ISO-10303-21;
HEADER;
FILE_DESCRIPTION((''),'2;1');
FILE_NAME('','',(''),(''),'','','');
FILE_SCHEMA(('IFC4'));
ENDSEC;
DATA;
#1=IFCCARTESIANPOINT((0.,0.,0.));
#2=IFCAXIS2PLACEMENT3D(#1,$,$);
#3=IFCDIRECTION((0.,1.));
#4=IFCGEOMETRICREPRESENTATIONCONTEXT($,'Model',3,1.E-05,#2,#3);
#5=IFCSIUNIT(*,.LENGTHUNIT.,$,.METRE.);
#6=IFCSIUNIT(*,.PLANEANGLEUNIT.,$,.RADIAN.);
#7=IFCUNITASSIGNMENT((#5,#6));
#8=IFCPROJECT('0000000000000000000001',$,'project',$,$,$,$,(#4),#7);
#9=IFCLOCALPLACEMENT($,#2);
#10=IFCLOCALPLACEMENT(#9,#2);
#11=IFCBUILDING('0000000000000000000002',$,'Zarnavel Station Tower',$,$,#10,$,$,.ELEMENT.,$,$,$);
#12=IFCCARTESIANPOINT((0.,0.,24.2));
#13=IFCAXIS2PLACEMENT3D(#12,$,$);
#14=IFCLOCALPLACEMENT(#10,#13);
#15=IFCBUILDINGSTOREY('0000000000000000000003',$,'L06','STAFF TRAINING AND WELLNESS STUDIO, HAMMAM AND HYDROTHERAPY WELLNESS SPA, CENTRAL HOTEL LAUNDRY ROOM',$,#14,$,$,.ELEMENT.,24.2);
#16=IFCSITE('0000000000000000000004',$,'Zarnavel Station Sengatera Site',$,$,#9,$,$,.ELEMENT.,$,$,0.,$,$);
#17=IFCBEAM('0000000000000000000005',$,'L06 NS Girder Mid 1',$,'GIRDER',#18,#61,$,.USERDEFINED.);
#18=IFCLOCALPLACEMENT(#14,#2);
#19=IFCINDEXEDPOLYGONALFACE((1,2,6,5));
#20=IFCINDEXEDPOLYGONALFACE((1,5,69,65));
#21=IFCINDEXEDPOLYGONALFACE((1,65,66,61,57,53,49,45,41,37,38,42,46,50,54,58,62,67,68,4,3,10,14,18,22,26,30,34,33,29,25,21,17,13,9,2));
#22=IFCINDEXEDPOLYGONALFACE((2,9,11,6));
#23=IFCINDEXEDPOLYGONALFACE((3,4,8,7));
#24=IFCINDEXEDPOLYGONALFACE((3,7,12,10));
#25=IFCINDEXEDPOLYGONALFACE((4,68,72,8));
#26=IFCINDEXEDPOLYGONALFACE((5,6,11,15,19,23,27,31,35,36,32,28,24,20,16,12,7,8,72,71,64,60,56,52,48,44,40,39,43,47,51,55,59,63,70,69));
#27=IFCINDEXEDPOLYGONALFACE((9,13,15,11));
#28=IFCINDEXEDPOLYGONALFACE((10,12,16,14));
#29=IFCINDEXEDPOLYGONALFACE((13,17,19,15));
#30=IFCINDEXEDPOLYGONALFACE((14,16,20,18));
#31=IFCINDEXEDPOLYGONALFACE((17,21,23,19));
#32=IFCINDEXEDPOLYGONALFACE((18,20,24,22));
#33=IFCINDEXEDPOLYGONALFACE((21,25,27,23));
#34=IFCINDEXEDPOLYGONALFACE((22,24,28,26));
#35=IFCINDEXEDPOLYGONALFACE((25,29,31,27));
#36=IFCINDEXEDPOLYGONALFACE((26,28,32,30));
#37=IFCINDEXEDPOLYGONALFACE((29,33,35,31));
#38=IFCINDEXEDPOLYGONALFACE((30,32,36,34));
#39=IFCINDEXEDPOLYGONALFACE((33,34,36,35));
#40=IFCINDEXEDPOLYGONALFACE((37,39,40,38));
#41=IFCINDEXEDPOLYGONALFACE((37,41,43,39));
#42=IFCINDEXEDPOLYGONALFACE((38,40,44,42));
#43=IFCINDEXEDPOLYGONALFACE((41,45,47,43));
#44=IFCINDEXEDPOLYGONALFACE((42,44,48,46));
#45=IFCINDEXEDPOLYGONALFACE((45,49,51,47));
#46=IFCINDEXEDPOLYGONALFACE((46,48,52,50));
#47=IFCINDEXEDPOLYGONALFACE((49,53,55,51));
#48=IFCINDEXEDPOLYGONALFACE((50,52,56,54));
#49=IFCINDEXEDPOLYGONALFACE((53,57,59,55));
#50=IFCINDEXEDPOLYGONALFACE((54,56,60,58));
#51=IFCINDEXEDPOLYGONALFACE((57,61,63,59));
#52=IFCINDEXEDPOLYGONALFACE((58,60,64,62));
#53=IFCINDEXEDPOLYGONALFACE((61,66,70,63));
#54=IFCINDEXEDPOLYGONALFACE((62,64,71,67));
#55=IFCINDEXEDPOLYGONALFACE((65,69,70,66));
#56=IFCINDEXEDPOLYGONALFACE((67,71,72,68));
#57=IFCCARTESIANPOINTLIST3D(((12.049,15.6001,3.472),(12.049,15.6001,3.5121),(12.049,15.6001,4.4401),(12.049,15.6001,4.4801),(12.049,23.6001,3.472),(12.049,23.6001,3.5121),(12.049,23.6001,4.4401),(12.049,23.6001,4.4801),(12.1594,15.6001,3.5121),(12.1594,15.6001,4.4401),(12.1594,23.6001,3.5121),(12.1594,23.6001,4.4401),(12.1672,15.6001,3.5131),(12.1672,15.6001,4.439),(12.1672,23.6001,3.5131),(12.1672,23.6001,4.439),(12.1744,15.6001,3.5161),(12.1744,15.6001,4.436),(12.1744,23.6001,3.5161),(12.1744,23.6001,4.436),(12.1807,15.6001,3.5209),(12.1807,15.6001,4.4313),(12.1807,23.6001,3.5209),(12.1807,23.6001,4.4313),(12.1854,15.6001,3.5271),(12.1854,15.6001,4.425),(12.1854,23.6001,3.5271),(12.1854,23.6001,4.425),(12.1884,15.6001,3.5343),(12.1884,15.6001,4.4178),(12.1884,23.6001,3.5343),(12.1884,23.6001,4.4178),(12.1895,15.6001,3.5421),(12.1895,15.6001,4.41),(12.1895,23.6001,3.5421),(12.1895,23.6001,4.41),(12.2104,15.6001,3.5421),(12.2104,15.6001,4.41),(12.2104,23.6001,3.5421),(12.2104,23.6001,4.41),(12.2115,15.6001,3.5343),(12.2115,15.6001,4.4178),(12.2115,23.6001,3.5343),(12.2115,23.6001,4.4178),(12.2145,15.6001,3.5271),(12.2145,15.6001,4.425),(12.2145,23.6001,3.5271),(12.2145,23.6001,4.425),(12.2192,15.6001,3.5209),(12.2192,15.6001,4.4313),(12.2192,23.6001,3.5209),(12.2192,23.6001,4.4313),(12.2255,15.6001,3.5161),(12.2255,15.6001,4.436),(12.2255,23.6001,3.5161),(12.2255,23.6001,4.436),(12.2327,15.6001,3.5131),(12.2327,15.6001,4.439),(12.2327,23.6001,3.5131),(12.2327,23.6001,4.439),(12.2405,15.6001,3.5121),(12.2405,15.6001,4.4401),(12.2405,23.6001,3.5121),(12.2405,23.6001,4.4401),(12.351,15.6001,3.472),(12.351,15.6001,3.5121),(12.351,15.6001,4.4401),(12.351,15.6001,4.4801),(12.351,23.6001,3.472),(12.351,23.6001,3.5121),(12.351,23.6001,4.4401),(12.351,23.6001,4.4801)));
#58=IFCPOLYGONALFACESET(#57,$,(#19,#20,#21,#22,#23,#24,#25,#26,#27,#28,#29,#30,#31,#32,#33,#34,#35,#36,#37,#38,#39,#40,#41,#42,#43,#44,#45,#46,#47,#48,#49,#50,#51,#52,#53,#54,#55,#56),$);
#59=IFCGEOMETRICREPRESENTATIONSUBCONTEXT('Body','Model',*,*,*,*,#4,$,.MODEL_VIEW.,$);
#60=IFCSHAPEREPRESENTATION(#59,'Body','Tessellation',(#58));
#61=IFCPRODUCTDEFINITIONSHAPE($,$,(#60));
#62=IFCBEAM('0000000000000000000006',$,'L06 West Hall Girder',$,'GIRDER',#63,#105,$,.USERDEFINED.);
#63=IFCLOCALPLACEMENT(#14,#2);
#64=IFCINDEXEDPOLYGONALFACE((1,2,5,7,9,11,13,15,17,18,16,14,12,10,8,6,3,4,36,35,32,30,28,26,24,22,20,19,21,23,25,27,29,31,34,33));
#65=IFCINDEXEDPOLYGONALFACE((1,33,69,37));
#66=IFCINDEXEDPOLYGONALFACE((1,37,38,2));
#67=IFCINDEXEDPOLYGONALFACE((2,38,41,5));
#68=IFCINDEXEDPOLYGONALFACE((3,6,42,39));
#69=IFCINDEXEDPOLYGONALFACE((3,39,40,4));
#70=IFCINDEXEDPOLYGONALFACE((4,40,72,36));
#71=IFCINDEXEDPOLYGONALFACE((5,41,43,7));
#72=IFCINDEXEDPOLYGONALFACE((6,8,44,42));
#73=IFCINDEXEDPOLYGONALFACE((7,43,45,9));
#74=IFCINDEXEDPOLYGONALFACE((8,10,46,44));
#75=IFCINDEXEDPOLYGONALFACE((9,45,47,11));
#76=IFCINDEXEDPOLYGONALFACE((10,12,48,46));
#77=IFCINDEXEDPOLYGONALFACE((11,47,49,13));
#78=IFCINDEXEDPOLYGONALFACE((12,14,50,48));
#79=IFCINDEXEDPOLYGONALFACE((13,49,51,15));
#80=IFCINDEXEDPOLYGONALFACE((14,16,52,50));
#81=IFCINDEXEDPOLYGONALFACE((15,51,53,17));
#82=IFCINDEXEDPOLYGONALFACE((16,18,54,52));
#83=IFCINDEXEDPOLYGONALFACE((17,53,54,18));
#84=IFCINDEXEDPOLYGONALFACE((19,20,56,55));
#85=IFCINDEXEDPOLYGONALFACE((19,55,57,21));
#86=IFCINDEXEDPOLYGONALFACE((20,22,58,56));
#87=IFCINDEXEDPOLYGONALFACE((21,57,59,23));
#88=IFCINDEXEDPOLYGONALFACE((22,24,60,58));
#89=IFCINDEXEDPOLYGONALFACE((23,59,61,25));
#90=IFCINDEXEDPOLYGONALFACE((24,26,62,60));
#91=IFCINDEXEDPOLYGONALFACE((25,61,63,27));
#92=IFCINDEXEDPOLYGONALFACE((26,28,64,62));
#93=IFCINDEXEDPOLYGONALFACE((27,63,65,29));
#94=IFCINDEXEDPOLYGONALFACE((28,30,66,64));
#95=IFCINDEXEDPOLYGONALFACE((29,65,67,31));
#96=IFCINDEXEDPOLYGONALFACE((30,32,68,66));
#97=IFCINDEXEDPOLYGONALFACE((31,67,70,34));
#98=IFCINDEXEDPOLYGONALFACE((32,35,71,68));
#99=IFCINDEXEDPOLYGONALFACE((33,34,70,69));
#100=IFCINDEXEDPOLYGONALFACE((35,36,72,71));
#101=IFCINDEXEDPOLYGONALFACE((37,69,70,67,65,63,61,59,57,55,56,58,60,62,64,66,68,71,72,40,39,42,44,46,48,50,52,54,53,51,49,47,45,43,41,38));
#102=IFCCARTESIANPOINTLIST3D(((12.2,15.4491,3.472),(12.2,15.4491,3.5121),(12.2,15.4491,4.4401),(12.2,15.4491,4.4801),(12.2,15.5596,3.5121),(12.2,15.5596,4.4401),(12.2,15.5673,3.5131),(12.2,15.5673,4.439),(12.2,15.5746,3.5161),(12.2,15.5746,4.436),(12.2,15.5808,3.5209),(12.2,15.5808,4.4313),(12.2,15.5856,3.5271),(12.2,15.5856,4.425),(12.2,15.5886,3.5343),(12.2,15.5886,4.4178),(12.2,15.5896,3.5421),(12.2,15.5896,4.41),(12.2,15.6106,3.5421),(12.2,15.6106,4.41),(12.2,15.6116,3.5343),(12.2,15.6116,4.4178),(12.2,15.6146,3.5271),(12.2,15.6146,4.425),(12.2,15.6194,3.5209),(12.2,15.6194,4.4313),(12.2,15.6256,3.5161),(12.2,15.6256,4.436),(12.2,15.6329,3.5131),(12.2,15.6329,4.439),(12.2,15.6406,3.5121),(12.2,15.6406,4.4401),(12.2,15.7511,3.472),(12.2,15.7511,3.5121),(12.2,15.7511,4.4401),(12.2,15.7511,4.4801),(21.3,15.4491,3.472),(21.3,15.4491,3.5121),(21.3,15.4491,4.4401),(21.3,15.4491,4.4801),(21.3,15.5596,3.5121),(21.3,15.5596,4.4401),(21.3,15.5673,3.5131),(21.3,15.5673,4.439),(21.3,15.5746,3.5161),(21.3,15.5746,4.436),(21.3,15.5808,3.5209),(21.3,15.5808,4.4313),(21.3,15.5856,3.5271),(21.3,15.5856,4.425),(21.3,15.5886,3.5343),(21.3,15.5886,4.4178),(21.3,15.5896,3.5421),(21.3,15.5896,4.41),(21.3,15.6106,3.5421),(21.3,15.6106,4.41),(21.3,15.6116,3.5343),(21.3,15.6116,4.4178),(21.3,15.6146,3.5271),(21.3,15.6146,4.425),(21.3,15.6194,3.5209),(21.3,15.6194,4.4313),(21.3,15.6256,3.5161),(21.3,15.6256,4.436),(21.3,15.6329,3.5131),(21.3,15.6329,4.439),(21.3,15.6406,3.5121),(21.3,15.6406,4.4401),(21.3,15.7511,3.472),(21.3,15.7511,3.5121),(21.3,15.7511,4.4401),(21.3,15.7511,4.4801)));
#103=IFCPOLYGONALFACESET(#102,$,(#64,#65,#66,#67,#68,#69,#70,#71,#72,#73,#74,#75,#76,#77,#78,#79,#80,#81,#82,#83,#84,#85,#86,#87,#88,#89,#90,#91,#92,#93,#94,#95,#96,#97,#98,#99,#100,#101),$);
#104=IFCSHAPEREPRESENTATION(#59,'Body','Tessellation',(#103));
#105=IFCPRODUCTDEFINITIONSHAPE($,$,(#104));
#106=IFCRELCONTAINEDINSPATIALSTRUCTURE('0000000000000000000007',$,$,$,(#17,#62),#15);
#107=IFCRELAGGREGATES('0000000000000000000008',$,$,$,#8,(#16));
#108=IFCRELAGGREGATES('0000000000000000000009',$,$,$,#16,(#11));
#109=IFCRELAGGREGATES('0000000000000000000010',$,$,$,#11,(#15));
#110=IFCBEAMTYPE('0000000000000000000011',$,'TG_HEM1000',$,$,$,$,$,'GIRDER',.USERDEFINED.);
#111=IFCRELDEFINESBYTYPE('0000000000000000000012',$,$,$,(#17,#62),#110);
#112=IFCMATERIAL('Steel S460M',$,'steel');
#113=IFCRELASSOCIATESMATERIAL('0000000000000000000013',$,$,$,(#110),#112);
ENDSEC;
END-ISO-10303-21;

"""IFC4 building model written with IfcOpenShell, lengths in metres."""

from ifc_helpers import new_model, si_unit, direction, frame, origin, origin_2d, place, context, subcontext, project, spatial, i_section, extrude, material, material_profile, profile_set, type_object, element, save


model = new_model("IFC4")

# Units and contexts
model_context = context("Model", 3, precision=1e-05, world=origin(), true_north=direction((0.0, 1.0)))
body_context = subcontext(model_context, "Body", "Model", "MODEL_VIEW")
ifc_project = project(units=[si_unit("LENGTHUNIT", "METRE"), si_unit("PLANEANGLEUNIT", "RADIAN")], contexts=[model_context])

# Site, building, storey
site_placement = place(None, origin())
site = spatial("IfcSite", under=ifc_project, at=site_placement, Name="Zarnavel Station Sengatera Site", CompositionType="ELEMENT", RefElevation=0.0)
building_placement = place(site_placement, origin())
building = spatial("IfcBuilding", under=site, at=building_placement, Name="Zarnavel Station Tower", CompositionType="ELEMENT")
storey_placement = place(building_placement, frame((0.0, 0.0, 24.2)))
storey = spatial("IfcBuildingStorey", under=building, at=storey_placement, Name="L06", Description="STAFF TRAINING AND WELLNESS STUDIO, HAMMAM AND HYDROTHERAPY WELLNESS SPA, CENTRAL HOTEL LAUNDRY ROOM", CompositionType="ELEMENT", Elevation=24.2)

# Beams
ifc_material_1 = material(Name="Steel S460M", Category="steel")
ifc_material_profile_1 = material_profile(ifc_material_1, i_section(OverallWidth=0.302, OverallDepth=1.0081, WebThickness=0.021, FlangeThickness=0.04, FilletRadius=0.03, at=origin_2d()), Name="HEM1000")
ifc_profile_set_1 = profile_set([ifc_material_profile_1], Name="Steel S460M")
beam_type_1 = type_object("IfcBeamType", Name="TG_HEM1000", ElementType="GIRDER", PredefinedType="USERDEFINED", material=ifc_profile_set_1)
beam_1_placement = place(storey_placement, frame((12.2, 15.6001, 3.9761), z_axis=(0.0, 1.0, 0.0), x_axis=(-1.0, 0.0, 0.0)))
element("IfcBeam", 1, at=beam_1_placement, inside=storey, type_object=beam_type_1, Name="L06 NS Girder Mid 1", ObjectType="GIRDER", PredefinedType="USERDEFINED", context=body_context, shape_type="SweptSolid", body=[
    extrude(i_section(OverallWidth=0.302, OverallDepth=1.0081, WebThickness=0.021, FlangeThickness=0.04, FilletRadius=0.03, at=origin_2d()), origin(), (0.0, 0.0, 1.0), 8.0),
])
beam_2_placement = place(storey_placement, frame((12.2, 15.6001, 3.9761), z_axis=(1.0, 0.0, 0.0), x_axis=(0.0, 1.0, 0.0)))
element("IfcBeam", 2, at=beam_2_placement, inside=storey, type_object=beam_type_1, Name="L06 West Hall Girder", ObjectType="GIRDER", PredefinedType="USERDEFINED", context=body_context, shape_type="SweptSolid", body=[
    extrude(i_section(OverallWidth=0.302, OverallDepth=1.0081, WebThickness=0.021, FlangeThickness=0.04, FilletRadius=0.03, at=origin_2d()), origin(), (0.0, 0.0, 1.0), 9.1001),
])

save(model, "model.ifc")
